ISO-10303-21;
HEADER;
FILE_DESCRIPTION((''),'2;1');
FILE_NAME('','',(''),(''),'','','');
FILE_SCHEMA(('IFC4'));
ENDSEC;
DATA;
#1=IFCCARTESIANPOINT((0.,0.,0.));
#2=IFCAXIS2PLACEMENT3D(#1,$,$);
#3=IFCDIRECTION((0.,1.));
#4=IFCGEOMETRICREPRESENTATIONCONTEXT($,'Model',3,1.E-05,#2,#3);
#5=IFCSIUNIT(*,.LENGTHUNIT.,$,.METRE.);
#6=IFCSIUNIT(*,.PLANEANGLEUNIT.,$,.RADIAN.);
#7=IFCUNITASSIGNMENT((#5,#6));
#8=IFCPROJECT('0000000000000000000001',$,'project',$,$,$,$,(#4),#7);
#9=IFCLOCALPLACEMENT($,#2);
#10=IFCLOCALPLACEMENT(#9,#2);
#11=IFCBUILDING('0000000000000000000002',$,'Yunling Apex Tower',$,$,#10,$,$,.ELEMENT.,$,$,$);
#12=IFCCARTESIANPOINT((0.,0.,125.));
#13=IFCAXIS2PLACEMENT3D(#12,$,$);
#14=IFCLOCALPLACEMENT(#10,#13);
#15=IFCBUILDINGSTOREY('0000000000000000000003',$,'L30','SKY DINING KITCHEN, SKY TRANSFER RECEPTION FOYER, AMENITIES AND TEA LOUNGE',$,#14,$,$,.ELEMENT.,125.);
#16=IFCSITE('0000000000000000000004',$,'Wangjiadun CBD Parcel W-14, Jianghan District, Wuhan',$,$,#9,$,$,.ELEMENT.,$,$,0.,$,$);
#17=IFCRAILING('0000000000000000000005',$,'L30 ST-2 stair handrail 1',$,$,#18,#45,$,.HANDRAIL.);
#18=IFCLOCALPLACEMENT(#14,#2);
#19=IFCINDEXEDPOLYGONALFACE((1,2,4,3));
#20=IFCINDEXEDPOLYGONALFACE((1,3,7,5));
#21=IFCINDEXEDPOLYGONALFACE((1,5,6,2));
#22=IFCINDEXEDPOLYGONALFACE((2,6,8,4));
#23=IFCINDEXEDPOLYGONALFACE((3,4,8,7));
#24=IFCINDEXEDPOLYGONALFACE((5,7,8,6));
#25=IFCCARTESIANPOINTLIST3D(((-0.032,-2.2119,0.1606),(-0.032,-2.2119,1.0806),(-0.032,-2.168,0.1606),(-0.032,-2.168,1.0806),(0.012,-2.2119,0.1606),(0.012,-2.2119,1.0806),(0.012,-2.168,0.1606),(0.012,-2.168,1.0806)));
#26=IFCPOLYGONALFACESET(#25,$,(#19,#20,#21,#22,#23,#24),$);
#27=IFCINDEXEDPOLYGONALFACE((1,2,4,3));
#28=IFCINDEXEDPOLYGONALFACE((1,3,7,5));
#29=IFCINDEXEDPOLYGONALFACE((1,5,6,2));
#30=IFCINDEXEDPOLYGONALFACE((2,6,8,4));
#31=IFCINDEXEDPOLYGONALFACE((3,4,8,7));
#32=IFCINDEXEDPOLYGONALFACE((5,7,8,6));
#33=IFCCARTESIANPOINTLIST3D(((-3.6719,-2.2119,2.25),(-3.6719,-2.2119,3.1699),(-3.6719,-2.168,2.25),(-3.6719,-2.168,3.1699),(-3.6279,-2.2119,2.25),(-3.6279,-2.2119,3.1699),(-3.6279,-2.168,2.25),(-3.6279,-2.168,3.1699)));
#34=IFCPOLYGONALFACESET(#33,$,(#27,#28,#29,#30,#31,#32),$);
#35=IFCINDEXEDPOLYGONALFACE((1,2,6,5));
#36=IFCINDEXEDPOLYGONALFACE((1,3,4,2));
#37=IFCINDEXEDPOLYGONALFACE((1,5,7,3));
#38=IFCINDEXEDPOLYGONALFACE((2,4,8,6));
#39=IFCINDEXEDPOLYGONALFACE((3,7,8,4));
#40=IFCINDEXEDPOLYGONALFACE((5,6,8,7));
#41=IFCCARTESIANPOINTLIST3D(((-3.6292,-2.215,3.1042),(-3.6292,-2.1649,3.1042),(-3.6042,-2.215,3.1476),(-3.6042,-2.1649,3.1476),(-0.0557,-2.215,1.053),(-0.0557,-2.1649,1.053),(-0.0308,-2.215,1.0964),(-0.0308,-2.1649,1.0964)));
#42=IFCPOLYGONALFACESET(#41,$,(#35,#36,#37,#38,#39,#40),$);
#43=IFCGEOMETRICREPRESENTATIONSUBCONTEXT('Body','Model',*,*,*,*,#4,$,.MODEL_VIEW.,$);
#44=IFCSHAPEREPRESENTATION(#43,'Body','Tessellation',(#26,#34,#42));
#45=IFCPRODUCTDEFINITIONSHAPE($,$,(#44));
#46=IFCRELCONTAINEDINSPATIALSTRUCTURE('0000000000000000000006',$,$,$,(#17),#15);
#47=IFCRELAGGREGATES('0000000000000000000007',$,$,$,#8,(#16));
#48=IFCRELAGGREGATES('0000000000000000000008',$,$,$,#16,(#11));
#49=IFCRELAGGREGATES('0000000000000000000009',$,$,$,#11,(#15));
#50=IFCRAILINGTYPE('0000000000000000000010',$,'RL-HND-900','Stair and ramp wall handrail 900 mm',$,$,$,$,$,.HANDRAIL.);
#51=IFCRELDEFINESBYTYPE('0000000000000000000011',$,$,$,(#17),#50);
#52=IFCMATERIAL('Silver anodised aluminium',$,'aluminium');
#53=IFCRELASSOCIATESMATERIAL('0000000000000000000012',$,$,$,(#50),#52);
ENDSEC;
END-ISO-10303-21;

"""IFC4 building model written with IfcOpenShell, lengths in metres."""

from ifc_helpers import new_model, si_unit, direction, frame, origin, origin_2d, place, context, subcontext, project, spatial, rectangle, extrude, material, type_object, element, save


model = new_model("IFC4")

# Units and contexts
model_context = context("Model", 3, precision=1e-05, world=origin(), true_north=direction((0.0, 1.0)))
body_context = subcontext(model_context, "Body", "Model", "MODEL_VIEW")
ifc_project = project(units=[si_unit("LENGTHUNIT", "METRE"), si_unit("PLANEANGLEUNIT", "RADIAN")], contexts=[model_context])

# Site, building, storey
site_placement = place(None, origin())
site = spatial("IfcSite", under=ifc_project, at=site_placement, Name="Wangjiadun CBD Parcel W-14, Jianghan District, Wuhan", CompositionType="ELEMENT", RefElevation=0.0)
building_placement = place(site_placement, origin())
building = spatial("IfcBuilding", under=site, at=building_placement, Name="Yunling Apex Tower", CompositionType="ELEMENT")
storey_placement = place(building_placement, frame((0.0, 0.0, 125.0)))
storey = spatial("IfcBuildingStorey", under=building, at=storey_placement, Name="L30", Description="SKY DINING KITCHEN, SKY TRANSFER RECEPTION FOYER, AMENITIES AND TEA LOUNGE", CompositionType="ELEMENT", Elevation=125.0)

# Railing
ifc_material_1 = material(Name="Silver anodised aluminium", Category="aluminium")
railing_type_1 = type_object("IfcRailingType", Name="RL-HND-900", Description="Stair and ramp wall handrail 900 mm", PredefinedType="HANDRAIL", material=ifc_material_1)
railing_1_placement = place(storey_placement, frame((-0.01, -2.1899, 0.1606)))
element("IfcRailing", 1, at=railing_1_placement, inside=storey, type_object=railing_type_1, Name="L30 ST-2 stair handrail 1", PredefinedType="HANDRAIL", context=body_context, shape_type="SweptSolid", body=[
    extrude(rectangle(XDim=0.0439, YDim=0.0439, at=origin_2d()), origin(), (0.0, 0.0, 1.0), 0.9199),
    extrude(rectangle(XDim=0.0439, YDim=0.0439, at=origin_2d()), frame((-3.6399, 0.0, 2.0894)), (0.0, 0.0, 1.0), 0.9199),
    extrude(rectangle(XDim=0.05, YDim=0.05, at=origin_2d()), frame((-0.0332, 0.0, 0.9141), z_axis=(-0.867275, 0.0, 0.497829), x_axis=(0.0, -1.0, 0.0)), (0.0, 0.0, 1.0), 4.1204),
])

save(model, "model.ifc")
